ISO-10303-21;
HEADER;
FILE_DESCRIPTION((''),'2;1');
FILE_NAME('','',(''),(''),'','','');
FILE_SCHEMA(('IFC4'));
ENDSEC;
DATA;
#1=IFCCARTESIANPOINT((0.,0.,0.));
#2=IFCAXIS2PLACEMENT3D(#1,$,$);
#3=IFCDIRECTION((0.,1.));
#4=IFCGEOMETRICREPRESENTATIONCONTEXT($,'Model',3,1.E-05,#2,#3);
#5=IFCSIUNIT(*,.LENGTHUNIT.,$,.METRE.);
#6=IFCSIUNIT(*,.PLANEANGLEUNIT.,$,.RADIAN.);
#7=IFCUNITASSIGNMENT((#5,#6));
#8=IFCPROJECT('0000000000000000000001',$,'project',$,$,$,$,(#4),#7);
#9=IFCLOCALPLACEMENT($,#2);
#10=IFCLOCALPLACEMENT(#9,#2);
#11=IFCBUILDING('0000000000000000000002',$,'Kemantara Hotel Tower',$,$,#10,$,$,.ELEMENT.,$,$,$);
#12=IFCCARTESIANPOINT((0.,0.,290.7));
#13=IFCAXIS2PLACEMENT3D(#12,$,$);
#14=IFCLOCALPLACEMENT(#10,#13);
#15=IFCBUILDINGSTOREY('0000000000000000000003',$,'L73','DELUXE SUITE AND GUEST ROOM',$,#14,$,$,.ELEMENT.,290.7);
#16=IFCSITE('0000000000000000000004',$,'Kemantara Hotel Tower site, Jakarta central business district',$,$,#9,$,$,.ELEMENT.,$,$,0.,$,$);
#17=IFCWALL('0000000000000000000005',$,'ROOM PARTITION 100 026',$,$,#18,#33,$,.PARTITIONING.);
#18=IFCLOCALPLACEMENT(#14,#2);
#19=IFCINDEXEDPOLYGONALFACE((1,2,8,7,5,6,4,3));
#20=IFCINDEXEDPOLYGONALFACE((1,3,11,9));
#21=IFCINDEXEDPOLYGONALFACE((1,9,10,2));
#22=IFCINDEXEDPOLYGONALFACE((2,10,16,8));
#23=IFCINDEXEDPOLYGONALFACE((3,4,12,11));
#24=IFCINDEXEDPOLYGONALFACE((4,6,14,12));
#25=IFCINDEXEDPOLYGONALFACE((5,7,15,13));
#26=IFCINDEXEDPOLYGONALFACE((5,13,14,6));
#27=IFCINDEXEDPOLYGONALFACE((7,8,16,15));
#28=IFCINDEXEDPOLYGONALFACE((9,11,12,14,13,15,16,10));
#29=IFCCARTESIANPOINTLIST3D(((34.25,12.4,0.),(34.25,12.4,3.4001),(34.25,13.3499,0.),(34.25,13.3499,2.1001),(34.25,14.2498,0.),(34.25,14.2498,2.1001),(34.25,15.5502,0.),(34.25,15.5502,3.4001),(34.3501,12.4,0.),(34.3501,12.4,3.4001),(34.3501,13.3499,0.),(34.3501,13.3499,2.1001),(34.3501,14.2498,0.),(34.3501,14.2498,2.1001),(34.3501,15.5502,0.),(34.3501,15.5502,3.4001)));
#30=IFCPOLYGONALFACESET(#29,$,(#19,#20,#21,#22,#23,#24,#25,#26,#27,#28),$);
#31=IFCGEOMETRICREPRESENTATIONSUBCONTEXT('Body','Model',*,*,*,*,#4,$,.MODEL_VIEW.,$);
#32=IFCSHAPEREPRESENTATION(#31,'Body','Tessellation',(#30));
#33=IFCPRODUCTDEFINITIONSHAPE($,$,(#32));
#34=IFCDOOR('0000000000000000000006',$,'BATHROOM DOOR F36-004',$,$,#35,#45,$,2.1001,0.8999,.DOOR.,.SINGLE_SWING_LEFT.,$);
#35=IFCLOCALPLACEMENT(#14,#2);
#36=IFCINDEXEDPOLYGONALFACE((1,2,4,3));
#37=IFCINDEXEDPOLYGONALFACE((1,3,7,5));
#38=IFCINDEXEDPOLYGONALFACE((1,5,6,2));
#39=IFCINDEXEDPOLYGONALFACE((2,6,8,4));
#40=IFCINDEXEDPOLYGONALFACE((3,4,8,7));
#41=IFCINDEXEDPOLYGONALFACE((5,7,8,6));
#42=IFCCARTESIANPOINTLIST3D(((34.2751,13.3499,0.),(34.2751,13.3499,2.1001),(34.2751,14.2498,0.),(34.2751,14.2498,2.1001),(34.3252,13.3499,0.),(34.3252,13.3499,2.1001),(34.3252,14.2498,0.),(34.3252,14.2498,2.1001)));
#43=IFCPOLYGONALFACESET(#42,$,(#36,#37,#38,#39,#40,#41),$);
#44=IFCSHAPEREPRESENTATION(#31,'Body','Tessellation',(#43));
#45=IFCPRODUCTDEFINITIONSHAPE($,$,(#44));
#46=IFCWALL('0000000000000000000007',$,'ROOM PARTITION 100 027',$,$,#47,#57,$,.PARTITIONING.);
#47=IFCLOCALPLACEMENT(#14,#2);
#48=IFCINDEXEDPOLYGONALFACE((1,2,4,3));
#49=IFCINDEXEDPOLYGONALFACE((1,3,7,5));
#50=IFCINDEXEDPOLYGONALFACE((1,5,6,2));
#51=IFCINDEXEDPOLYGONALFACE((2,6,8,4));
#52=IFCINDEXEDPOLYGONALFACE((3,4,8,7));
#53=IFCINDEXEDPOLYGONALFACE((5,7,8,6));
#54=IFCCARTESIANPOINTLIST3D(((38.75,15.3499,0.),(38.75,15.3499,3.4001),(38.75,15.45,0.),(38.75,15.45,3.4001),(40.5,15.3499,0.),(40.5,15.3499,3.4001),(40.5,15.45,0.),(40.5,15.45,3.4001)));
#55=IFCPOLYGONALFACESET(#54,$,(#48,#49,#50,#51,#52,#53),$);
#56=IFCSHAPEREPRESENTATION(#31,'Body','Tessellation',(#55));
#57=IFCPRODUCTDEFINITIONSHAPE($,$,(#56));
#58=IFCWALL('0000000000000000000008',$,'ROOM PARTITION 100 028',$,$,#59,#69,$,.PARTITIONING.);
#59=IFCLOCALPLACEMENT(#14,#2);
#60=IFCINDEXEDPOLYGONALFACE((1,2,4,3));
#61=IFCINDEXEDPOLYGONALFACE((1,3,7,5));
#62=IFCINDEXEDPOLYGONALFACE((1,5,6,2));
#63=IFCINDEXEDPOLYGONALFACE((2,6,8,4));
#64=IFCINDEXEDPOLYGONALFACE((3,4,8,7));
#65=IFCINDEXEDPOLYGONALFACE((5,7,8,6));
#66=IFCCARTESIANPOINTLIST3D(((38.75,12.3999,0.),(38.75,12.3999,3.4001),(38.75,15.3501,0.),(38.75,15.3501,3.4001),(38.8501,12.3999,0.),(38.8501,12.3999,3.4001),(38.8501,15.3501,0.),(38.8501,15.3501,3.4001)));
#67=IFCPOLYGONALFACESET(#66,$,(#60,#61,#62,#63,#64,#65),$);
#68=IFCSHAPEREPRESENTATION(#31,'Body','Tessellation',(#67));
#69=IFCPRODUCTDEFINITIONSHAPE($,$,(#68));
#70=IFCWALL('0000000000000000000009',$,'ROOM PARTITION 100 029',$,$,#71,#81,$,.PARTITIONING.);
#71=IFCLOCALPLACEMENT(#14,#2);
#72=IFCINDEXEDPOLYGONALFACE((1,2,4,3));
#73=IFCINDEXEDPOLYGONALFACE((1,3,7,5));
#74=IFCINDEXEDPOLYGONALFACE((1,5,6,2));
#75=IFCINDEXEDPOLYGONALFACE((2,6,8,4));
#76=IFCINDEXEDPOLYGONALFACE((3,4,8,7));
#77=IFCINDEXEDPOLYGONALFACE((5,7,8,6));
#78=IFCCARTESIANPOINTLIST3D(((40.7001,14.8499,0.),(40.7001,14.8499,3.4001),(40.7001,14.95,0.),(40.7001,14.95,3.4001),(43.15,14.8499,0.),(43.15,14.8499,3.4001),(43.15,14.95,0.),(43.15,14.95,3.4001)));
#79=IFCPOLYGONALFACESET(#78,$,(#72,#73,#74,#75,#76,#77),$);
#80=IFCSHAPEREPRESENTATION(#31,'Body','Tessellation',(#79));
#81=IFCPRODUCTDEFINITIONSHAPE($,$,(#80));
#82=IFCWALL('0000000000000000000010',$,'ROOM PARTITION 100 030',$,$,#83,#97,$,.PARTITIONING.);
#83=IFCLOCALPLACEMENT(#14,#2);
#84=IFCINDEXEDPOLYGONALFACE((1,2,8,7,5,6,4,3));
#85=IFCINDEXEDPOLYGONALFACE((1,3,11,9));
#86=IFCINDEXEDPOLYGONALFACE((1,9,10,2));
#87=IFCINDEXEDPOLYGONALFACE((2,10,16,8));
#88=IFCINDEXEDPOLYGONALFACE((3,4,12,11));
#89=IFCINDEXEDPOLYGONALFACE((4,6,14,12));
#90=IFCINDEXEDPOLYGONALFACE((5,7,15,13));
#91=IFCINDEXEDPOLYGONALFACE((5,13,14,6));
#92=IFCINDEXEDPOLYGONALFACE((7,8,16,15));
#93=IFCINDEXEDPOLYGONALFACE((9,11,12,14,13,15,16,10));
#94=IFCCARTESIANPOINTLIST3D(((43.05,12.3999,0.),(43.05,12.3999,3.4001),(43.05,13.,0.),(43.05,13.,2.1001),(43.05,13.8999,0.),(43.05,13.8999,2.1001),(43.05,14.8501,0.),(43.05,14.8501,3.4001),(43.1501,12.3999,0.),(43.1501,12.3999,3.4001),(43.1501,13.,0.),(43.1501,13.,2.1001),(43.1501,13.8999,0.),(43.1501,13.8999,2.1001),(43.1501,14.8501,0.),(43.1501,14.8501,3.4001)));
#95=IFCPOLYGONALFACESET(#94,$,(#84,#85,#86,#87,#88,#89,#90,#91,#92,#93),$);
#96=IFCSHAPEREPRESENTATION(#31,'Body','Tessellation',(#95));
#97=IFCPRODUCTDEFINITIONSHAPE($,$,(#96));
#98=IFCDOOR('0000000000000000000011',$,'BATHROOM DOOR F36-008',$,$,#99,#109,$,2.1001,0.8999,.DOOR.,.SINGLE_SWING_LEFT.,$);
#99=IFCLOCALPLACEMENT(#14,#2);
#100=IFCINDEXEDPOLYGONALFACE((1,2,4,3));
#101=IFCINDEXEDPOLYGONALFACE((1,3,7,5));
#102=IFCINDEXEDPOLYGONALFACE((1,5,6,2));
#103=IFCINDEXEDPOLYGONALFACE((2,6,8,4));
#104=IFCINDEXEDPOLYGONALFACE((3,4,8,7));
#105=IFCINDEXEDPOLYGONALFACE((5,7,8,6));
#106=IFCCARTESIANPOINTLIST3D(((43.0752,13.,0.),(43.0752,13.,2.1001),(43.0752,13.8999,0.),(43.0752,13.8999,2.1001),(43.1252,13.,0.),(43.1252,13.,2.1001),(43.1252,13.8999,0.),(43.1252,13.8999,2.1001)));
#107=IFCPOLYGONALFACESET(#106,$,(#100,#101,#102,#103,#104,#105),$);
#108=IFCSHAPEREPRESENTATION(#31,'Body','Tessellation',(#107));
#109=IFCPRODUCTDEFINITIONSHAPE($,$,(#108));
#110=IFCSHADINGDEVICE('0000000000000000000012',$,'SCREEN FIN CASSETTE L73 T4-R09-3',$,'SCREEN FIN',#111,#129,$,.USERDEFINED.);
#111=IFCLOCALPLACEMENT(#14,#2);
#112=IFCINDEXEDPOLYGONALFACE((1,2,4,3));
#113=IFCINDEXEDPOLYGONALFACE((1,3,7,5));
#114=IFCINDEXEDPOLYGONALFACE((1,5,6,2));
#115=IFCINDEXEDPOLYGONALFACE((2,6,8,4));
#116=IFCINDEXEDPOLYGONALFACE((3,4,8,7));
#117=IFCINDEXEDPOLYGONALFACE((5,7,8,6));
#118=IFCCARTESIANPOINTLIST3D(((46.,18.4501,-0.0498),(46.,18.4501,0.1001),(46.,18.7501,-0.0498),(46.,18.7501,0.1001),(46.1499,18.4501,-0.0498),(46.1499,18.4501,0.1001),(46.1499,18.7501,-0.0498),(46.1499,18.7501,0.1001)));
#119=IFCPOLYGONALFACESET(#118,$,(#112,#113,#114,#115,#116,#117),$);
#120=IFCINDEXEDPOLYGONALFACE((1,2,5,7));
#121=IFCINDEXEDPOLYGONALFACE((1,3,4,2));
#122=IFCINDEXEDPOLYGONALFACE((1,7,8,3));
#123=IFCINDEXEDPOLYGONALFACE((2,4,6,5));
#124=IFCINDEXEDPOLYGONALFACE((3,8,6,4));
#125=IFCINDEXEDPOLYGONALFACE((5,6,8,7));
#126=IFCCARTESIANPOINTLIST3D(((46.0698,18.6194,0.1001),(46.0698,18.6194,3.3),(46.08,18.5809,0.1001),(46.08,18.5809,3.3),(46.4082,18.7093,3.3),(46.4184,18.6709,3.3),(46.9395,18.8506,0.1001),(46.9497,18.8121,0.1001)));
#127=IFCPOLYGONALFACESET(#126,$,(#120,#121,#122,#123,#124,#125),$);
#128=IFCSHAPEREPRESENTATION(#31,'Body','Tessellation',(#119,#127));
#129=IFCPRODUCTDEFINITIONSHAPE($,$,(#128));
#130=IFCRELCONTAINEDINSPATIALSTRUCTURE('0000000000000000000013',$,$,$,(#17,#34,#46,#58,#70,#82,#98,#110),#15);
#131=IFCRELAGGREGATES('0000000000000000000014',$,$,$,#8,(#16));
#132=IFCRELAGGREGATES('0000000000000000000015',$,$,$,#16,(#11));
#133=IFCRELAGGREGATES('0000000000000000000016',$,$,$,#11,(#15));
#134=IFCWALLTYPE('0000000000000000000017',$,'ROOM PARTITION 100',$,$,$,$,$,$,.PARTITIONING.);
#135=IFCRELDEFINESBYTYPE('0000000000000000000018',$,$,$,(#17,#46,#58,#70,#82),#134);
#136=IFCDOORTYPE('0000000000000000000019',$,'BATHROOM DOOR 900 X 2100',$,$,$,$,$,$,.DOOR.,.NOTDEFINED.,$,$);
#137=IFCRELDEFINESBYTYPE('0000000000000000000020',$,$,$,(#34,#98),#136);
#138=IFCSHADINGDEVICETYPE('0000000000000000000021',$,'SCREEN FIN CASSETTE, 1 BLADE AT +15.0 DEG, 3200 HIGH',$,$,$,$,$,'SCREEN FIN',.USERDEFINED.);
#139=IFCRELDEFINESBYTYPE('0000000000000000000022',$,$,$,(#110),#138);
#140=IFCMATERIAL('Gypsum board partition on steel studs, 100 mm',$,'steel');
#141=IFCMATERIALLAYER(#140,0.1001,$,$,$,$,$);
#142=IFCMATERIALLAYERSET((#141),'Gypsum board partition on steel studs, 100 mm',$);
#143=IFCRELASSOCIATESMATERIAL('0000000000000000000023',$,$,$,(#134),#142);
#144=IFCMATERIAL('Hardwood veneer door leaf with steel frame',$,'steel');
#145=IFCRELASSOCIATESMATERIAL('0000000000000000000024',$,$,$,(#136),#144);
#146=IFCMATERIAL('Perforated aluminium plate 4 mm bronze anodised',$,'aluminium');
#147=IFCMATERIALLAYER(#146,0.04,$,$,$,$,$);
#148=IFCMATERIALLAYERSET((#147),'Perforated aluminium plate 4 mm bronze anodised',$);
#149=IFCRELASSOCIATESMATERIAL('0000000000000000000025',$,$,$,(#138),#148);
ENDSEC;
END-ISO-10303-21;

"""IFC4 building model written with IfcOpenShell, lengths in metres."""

from ifc_helpers import new_model, si_unit, direction, frame, frame_2d, origin, origin_2d, place, context, subcontext, project, spatial, polyline, rectangle, outline, extrude, source, transform, mapped, material, layer, layer_set, type_object, element, fill, save


model = new_model("IFC4")

# Units and contexts
model_context = context("Model", 3, precision=1e-05, world=origin(), true_north=direction((0.0, 1.0)))
body_context = subcontext(model_context, "Body", "Model", "MODEL_VIEW")
ifc_project = project(units=[si_unit("LENGTHUNIT", "METRE"), si_unit("PLANEANGLEUNIT", "RADIAN")], contexts=[model_context])

# Site, building, storey
site_placement = place(None, origin())
site = spatial("IfcSite", under=ifc_project, at=site_placement, Name="Kemantara Hotel Tower site, Jakarta central business district", CompositionType="ELEMENT", RefElevation=0.0)
building_placement = place(site_placement, origin())
building = spatial("IfcBuilding", under=site, at=building_placement, Name="Kemantara Hotel Tower", CompositionType="ELEMENT")
storey_placement = place(building_placement, frame((0.0, 0.0, 290.7)))
storey = spatial("IfcBuildingStorey", under=building, at=storey_placement, Name="L73", Description="DELUXE SUITE AND GUEST ROOM", CompositionType="ELEMENT", Elevation=290.7)

# Shared definitions
ifc_material_1 = material(Name="Gypsum board partition on steel studs, 100 mm", Category="steel")
ifc_layer_1 = layer(ifc_material_1, 0.1001)
ifc_layer_set_1 = layer_set([ifc_layer_1], Name="Gypsum board partition on steel studs, 100 mm")
wall_type_1 = type_object("IfcWallType", Name="ROOM PARTITION 100", PredefinedType="PARTITIONING", material=ifc_layer_set_1)

# Wall, opening, door
wall_1_placement = place(storey_placement, frame((34.3, 12.3999, 0.0), z_axis=(0.0, 0.0, 1.0), x_axis=(0.0, 1.0, 0.0)))
wall_1 = element("IfcWall", 1, at=wall_1_placement, inside=storey, type_object=wall_type_1, Name="ROOM PARTITION 100 026", PredefinedType="PARTITIONING", context=body_context, shape_type="SweptSolid", body=[
    extrude(rectangle(XDim=3.1501, YDim=0.1001, at=frame_2d((1.5752, 0.0))), origin(), (0.0, 0.0, 1.0), 3.4001),
])
opening_1_placement = place(wall_1_placement, frame((0.95, 0.0, 0.0)))
opening_1 = element("IfcOpeningElement", 2, at=opening_1_placement, cuts=wall_1, PredefinedType="OPENING", context=body_context, shape_type="SweptSolid", body=[
    extrude(rectangle(XDim=0.8999, YDim=2.1001, at=frame_2d((0.45, 1.05))), frame((0.0, 0.0601, 0.0), z_axis=(0.0, -1.0, 0.0), x_axis=(1.0, 0.0, 0.0)), (0.0, 0.0, 1.0), 0.1201),
])
ifc_material_2 = material(Name="Hardwood veneer door leaf with steel frame", Category="steel")
door_type = type_object("IfcDoorType", Name="BATHROOM DOOR 900 X 2100", OperationType="NOTDEFINED", PredefinedType="DOOR", material=ifc_material_2)
door_1_placement = place(opening_1_placement, origin())
door_1 = element("IfcDoor", 3, at=door_1_placement, inside=storey, type_object=door_type, Name="BATHROOM DOOR F36-004", OperationType="SINGLE_SWING_LEFT", OverallHeight=2.1001, OverallWidth=0.8999, PredefinedType="DOOR", context=body_context, shape_type="SweptSolid", body=[
    extrude(rectangle(XDim=0.8999, YDim=2.1001, at=frame_2d((0.45, 1.05))), frame((0.0, 0.0249, 0.0), z_axis=(0.0, -1.0, 0.0), x_axis=(1.0, 0.0, 0.0)), (0.0, 0.0, 1.0), 0.05),
])
fill(opening_1, door_1)

# Walls
wall_2_placement = place(storey_placement, frame((38.75, 15.3999, 0.0), z_axis=(0.0, 0.0, 1.0), x_axis=(1.0, 0.0, 0.0)))
element("IfcWall", 4, at=wall_2_placement, inside=storey, type_object=wall_type_1, Name="ROOM PARTITION 100 027", PredefinedType="PARTITIONING", context=body_context, shape_type="SweptSolid", body=[
    extrude(rectangle(XDim=1.75, YDim=0.1001, at=frame_2d((0.875, 0.0))), origin(), (0.0, 0.0, 1.0), 3.4001),
])
wall_3_placement = place(storey_placement, frame((38.8, 12.3999, 0.0), z_axis=(0.0, 0.0, 1.0), x_axis=(0.0, 1.0, 0.0)))
element("IfcWall", 5, at=wall_3_placement, inside=storey, type_object=wall_type_1, Name="ROOM PARTITION 100 028", PredefinedType="PARTITIONING", context=body_context, shape_type="SweptSolid", body=[
    extrude(rectangle(XDim=2.9502, YDim=0.1001, at=frame_2d((1.4751, 0.0))), origin(), (0.0, 0.0, 1.0), 3.4001),
])
wall_4_placement = place(storey_placement, frame((40.7, 14.8999, 0.0), z_axis=(0.0, 0.0, 1.0), x_axis=(1.0, 0.0, 0.0)))
element("IfcWall", 6, at=wall_4_placement, inside=storey, type_object=wall_type_1, Name="ROOM PARTITION 100 029", PredefinedType="PARTITIONING", context=body_context, shape_type="SweptSolid", body=[
    extrude(rectangle(XDim=2.45, YDim=0.1001, at=frame_2d((1.2251, 0.0))), origin(), (0.0, 0.0, 1.0), 3.4001),
])

# Wall, opening, door
wall_5_placement = place(storey_placement, frame((43.1001, 12.3999, 0.0), z_axis=(0.0, 0.0, 1.0), x_axis=(0.0, 1.0, 0.0)))
wall_5 = element("IfcWall", 7, at=wall_5_placement, inside=storey, type_object=wall_type_1, Name="ROOM PARTITION 100 030", PredefinedType="PARTITIONING", context=body_context, shape_type="SweptSolid", body=[
    extrude(rectangle(XDim=2.4502, YDim=0.1001, at=frame_2d((1.2251, 0.0))), origin(), (0.0, 0.0, 1.0), 3.4001),
])
opening_2_placement = place(wall_5_placement, frame((0.6001, 0.0, 0.0)))
opening_2 = element("IfcOpeningElement", 8, at=opening_2_placement, cuts=wall_5, PredefinedType="OPENING", context=body_context, shape_type="SweptSolid", body=[
    extrude(rectangle(XDim=0.8999, YDim=2.1001, at=frame_2d((0.45, 1.05))), frame((0.0, 0.0601, 0.0), z_axis=(0.0, -1.0, 0.0), x_axis=(1.0, 0.0, 0.0)), (0.0, 0.0, 1.0), 0.1201),
])
door_2_placement = place(opening_2_placement, origin())
door_2 = element("IfcDoor", 9, at=door_2_placement, inside=storey, type_object=door_type, Name="BATHROOM DOOR F36-008", OperationType="SINGLE_SWING_LEFT", OverallHeight=2.1001, OverallWidth=0.8999, PredefinedType="DOOR", context=body_context, shape_type="SweptSolid", body=[
    extrude(rectangle(XDim=0.8999, YDim=2.1001, at=frame_2d((0.45, 1.05))), frame((0.0, 0.0249, 0.0), z_axis=(0.0, -1.0, 0.0), x_axis=(1.0, 0.0, 0.0)), (0.0, 0.0, 1.0), 0.05),
])
fill(opening_2, door_2)

# Shading device
ifc_material_3 = material(Name="Perforated aluminium plate 4 mm bronze anodised", Category="aluminium")
ifc_layer_2 = layer(ifc_material_3, 0.04)
ifc_layer_set_2 = layer_set([ifc_layer_2], Name="Perforated aluminium plate 4 mm bronze anodised")
shading_device_type = type_object("IfcShadingDeviceType", Name="SCREEN FIN CASSETTE, 1 BLADE AT +15.0 DEG, 3200 HIGH", ElementType="SCREEN FIN", PredefinedType="USERDEFINED", material=ifc_layer_set_2)
shared_shape_1 = source(origin(), body_context, "Body", "SweptSolid", [
    extrude(rectangle(XDim=0.3, YDim=0.1499, at=origin_2d()), frame((0.0, -0.075, -0.1499), z_axis=(0.0, 0.0, 1.0), x_axis=(1.0, 0.0, 0.0)), (0.0, 0.0, 1.0), 0.1499),
    extrude(outline(polyline([(0.0, 0.0), (0.8999, 0.0), (0.3501, 3.2), (0.0, 3.2), (0.0, 0.0)])), frame((0.0193, -0.0698, 0.0), z_axis=(-0.966438, -0.256901, 0.0), x_axis=(0.256901, -0.966438, 0.0)), (0.0, 0.0, 1.0), 0.0398),
])
shading_device_placement = place(storey_placement, frame((46.0, 18.6001, 0.1001), z_axis=(0.0, 0.0, 1.0), x_axis=(0.0, 1.0, 0.0)))
element("IfcShadingDevice", 10, at=shading_device_placement, inside=storey, type_object=shading_device_type, Name="SCREEN FIN CASSETTE L73 T4-R09-3", ObjectType="SCREEN FIN", PredefinedType="USERDEFINED", context=body_context, shape_type="MappedRepresentation", body=[
    mapped(shared_shape_1, transform((0.0, 0.0, 0.0))),
])

save(model, "model.ifc")
